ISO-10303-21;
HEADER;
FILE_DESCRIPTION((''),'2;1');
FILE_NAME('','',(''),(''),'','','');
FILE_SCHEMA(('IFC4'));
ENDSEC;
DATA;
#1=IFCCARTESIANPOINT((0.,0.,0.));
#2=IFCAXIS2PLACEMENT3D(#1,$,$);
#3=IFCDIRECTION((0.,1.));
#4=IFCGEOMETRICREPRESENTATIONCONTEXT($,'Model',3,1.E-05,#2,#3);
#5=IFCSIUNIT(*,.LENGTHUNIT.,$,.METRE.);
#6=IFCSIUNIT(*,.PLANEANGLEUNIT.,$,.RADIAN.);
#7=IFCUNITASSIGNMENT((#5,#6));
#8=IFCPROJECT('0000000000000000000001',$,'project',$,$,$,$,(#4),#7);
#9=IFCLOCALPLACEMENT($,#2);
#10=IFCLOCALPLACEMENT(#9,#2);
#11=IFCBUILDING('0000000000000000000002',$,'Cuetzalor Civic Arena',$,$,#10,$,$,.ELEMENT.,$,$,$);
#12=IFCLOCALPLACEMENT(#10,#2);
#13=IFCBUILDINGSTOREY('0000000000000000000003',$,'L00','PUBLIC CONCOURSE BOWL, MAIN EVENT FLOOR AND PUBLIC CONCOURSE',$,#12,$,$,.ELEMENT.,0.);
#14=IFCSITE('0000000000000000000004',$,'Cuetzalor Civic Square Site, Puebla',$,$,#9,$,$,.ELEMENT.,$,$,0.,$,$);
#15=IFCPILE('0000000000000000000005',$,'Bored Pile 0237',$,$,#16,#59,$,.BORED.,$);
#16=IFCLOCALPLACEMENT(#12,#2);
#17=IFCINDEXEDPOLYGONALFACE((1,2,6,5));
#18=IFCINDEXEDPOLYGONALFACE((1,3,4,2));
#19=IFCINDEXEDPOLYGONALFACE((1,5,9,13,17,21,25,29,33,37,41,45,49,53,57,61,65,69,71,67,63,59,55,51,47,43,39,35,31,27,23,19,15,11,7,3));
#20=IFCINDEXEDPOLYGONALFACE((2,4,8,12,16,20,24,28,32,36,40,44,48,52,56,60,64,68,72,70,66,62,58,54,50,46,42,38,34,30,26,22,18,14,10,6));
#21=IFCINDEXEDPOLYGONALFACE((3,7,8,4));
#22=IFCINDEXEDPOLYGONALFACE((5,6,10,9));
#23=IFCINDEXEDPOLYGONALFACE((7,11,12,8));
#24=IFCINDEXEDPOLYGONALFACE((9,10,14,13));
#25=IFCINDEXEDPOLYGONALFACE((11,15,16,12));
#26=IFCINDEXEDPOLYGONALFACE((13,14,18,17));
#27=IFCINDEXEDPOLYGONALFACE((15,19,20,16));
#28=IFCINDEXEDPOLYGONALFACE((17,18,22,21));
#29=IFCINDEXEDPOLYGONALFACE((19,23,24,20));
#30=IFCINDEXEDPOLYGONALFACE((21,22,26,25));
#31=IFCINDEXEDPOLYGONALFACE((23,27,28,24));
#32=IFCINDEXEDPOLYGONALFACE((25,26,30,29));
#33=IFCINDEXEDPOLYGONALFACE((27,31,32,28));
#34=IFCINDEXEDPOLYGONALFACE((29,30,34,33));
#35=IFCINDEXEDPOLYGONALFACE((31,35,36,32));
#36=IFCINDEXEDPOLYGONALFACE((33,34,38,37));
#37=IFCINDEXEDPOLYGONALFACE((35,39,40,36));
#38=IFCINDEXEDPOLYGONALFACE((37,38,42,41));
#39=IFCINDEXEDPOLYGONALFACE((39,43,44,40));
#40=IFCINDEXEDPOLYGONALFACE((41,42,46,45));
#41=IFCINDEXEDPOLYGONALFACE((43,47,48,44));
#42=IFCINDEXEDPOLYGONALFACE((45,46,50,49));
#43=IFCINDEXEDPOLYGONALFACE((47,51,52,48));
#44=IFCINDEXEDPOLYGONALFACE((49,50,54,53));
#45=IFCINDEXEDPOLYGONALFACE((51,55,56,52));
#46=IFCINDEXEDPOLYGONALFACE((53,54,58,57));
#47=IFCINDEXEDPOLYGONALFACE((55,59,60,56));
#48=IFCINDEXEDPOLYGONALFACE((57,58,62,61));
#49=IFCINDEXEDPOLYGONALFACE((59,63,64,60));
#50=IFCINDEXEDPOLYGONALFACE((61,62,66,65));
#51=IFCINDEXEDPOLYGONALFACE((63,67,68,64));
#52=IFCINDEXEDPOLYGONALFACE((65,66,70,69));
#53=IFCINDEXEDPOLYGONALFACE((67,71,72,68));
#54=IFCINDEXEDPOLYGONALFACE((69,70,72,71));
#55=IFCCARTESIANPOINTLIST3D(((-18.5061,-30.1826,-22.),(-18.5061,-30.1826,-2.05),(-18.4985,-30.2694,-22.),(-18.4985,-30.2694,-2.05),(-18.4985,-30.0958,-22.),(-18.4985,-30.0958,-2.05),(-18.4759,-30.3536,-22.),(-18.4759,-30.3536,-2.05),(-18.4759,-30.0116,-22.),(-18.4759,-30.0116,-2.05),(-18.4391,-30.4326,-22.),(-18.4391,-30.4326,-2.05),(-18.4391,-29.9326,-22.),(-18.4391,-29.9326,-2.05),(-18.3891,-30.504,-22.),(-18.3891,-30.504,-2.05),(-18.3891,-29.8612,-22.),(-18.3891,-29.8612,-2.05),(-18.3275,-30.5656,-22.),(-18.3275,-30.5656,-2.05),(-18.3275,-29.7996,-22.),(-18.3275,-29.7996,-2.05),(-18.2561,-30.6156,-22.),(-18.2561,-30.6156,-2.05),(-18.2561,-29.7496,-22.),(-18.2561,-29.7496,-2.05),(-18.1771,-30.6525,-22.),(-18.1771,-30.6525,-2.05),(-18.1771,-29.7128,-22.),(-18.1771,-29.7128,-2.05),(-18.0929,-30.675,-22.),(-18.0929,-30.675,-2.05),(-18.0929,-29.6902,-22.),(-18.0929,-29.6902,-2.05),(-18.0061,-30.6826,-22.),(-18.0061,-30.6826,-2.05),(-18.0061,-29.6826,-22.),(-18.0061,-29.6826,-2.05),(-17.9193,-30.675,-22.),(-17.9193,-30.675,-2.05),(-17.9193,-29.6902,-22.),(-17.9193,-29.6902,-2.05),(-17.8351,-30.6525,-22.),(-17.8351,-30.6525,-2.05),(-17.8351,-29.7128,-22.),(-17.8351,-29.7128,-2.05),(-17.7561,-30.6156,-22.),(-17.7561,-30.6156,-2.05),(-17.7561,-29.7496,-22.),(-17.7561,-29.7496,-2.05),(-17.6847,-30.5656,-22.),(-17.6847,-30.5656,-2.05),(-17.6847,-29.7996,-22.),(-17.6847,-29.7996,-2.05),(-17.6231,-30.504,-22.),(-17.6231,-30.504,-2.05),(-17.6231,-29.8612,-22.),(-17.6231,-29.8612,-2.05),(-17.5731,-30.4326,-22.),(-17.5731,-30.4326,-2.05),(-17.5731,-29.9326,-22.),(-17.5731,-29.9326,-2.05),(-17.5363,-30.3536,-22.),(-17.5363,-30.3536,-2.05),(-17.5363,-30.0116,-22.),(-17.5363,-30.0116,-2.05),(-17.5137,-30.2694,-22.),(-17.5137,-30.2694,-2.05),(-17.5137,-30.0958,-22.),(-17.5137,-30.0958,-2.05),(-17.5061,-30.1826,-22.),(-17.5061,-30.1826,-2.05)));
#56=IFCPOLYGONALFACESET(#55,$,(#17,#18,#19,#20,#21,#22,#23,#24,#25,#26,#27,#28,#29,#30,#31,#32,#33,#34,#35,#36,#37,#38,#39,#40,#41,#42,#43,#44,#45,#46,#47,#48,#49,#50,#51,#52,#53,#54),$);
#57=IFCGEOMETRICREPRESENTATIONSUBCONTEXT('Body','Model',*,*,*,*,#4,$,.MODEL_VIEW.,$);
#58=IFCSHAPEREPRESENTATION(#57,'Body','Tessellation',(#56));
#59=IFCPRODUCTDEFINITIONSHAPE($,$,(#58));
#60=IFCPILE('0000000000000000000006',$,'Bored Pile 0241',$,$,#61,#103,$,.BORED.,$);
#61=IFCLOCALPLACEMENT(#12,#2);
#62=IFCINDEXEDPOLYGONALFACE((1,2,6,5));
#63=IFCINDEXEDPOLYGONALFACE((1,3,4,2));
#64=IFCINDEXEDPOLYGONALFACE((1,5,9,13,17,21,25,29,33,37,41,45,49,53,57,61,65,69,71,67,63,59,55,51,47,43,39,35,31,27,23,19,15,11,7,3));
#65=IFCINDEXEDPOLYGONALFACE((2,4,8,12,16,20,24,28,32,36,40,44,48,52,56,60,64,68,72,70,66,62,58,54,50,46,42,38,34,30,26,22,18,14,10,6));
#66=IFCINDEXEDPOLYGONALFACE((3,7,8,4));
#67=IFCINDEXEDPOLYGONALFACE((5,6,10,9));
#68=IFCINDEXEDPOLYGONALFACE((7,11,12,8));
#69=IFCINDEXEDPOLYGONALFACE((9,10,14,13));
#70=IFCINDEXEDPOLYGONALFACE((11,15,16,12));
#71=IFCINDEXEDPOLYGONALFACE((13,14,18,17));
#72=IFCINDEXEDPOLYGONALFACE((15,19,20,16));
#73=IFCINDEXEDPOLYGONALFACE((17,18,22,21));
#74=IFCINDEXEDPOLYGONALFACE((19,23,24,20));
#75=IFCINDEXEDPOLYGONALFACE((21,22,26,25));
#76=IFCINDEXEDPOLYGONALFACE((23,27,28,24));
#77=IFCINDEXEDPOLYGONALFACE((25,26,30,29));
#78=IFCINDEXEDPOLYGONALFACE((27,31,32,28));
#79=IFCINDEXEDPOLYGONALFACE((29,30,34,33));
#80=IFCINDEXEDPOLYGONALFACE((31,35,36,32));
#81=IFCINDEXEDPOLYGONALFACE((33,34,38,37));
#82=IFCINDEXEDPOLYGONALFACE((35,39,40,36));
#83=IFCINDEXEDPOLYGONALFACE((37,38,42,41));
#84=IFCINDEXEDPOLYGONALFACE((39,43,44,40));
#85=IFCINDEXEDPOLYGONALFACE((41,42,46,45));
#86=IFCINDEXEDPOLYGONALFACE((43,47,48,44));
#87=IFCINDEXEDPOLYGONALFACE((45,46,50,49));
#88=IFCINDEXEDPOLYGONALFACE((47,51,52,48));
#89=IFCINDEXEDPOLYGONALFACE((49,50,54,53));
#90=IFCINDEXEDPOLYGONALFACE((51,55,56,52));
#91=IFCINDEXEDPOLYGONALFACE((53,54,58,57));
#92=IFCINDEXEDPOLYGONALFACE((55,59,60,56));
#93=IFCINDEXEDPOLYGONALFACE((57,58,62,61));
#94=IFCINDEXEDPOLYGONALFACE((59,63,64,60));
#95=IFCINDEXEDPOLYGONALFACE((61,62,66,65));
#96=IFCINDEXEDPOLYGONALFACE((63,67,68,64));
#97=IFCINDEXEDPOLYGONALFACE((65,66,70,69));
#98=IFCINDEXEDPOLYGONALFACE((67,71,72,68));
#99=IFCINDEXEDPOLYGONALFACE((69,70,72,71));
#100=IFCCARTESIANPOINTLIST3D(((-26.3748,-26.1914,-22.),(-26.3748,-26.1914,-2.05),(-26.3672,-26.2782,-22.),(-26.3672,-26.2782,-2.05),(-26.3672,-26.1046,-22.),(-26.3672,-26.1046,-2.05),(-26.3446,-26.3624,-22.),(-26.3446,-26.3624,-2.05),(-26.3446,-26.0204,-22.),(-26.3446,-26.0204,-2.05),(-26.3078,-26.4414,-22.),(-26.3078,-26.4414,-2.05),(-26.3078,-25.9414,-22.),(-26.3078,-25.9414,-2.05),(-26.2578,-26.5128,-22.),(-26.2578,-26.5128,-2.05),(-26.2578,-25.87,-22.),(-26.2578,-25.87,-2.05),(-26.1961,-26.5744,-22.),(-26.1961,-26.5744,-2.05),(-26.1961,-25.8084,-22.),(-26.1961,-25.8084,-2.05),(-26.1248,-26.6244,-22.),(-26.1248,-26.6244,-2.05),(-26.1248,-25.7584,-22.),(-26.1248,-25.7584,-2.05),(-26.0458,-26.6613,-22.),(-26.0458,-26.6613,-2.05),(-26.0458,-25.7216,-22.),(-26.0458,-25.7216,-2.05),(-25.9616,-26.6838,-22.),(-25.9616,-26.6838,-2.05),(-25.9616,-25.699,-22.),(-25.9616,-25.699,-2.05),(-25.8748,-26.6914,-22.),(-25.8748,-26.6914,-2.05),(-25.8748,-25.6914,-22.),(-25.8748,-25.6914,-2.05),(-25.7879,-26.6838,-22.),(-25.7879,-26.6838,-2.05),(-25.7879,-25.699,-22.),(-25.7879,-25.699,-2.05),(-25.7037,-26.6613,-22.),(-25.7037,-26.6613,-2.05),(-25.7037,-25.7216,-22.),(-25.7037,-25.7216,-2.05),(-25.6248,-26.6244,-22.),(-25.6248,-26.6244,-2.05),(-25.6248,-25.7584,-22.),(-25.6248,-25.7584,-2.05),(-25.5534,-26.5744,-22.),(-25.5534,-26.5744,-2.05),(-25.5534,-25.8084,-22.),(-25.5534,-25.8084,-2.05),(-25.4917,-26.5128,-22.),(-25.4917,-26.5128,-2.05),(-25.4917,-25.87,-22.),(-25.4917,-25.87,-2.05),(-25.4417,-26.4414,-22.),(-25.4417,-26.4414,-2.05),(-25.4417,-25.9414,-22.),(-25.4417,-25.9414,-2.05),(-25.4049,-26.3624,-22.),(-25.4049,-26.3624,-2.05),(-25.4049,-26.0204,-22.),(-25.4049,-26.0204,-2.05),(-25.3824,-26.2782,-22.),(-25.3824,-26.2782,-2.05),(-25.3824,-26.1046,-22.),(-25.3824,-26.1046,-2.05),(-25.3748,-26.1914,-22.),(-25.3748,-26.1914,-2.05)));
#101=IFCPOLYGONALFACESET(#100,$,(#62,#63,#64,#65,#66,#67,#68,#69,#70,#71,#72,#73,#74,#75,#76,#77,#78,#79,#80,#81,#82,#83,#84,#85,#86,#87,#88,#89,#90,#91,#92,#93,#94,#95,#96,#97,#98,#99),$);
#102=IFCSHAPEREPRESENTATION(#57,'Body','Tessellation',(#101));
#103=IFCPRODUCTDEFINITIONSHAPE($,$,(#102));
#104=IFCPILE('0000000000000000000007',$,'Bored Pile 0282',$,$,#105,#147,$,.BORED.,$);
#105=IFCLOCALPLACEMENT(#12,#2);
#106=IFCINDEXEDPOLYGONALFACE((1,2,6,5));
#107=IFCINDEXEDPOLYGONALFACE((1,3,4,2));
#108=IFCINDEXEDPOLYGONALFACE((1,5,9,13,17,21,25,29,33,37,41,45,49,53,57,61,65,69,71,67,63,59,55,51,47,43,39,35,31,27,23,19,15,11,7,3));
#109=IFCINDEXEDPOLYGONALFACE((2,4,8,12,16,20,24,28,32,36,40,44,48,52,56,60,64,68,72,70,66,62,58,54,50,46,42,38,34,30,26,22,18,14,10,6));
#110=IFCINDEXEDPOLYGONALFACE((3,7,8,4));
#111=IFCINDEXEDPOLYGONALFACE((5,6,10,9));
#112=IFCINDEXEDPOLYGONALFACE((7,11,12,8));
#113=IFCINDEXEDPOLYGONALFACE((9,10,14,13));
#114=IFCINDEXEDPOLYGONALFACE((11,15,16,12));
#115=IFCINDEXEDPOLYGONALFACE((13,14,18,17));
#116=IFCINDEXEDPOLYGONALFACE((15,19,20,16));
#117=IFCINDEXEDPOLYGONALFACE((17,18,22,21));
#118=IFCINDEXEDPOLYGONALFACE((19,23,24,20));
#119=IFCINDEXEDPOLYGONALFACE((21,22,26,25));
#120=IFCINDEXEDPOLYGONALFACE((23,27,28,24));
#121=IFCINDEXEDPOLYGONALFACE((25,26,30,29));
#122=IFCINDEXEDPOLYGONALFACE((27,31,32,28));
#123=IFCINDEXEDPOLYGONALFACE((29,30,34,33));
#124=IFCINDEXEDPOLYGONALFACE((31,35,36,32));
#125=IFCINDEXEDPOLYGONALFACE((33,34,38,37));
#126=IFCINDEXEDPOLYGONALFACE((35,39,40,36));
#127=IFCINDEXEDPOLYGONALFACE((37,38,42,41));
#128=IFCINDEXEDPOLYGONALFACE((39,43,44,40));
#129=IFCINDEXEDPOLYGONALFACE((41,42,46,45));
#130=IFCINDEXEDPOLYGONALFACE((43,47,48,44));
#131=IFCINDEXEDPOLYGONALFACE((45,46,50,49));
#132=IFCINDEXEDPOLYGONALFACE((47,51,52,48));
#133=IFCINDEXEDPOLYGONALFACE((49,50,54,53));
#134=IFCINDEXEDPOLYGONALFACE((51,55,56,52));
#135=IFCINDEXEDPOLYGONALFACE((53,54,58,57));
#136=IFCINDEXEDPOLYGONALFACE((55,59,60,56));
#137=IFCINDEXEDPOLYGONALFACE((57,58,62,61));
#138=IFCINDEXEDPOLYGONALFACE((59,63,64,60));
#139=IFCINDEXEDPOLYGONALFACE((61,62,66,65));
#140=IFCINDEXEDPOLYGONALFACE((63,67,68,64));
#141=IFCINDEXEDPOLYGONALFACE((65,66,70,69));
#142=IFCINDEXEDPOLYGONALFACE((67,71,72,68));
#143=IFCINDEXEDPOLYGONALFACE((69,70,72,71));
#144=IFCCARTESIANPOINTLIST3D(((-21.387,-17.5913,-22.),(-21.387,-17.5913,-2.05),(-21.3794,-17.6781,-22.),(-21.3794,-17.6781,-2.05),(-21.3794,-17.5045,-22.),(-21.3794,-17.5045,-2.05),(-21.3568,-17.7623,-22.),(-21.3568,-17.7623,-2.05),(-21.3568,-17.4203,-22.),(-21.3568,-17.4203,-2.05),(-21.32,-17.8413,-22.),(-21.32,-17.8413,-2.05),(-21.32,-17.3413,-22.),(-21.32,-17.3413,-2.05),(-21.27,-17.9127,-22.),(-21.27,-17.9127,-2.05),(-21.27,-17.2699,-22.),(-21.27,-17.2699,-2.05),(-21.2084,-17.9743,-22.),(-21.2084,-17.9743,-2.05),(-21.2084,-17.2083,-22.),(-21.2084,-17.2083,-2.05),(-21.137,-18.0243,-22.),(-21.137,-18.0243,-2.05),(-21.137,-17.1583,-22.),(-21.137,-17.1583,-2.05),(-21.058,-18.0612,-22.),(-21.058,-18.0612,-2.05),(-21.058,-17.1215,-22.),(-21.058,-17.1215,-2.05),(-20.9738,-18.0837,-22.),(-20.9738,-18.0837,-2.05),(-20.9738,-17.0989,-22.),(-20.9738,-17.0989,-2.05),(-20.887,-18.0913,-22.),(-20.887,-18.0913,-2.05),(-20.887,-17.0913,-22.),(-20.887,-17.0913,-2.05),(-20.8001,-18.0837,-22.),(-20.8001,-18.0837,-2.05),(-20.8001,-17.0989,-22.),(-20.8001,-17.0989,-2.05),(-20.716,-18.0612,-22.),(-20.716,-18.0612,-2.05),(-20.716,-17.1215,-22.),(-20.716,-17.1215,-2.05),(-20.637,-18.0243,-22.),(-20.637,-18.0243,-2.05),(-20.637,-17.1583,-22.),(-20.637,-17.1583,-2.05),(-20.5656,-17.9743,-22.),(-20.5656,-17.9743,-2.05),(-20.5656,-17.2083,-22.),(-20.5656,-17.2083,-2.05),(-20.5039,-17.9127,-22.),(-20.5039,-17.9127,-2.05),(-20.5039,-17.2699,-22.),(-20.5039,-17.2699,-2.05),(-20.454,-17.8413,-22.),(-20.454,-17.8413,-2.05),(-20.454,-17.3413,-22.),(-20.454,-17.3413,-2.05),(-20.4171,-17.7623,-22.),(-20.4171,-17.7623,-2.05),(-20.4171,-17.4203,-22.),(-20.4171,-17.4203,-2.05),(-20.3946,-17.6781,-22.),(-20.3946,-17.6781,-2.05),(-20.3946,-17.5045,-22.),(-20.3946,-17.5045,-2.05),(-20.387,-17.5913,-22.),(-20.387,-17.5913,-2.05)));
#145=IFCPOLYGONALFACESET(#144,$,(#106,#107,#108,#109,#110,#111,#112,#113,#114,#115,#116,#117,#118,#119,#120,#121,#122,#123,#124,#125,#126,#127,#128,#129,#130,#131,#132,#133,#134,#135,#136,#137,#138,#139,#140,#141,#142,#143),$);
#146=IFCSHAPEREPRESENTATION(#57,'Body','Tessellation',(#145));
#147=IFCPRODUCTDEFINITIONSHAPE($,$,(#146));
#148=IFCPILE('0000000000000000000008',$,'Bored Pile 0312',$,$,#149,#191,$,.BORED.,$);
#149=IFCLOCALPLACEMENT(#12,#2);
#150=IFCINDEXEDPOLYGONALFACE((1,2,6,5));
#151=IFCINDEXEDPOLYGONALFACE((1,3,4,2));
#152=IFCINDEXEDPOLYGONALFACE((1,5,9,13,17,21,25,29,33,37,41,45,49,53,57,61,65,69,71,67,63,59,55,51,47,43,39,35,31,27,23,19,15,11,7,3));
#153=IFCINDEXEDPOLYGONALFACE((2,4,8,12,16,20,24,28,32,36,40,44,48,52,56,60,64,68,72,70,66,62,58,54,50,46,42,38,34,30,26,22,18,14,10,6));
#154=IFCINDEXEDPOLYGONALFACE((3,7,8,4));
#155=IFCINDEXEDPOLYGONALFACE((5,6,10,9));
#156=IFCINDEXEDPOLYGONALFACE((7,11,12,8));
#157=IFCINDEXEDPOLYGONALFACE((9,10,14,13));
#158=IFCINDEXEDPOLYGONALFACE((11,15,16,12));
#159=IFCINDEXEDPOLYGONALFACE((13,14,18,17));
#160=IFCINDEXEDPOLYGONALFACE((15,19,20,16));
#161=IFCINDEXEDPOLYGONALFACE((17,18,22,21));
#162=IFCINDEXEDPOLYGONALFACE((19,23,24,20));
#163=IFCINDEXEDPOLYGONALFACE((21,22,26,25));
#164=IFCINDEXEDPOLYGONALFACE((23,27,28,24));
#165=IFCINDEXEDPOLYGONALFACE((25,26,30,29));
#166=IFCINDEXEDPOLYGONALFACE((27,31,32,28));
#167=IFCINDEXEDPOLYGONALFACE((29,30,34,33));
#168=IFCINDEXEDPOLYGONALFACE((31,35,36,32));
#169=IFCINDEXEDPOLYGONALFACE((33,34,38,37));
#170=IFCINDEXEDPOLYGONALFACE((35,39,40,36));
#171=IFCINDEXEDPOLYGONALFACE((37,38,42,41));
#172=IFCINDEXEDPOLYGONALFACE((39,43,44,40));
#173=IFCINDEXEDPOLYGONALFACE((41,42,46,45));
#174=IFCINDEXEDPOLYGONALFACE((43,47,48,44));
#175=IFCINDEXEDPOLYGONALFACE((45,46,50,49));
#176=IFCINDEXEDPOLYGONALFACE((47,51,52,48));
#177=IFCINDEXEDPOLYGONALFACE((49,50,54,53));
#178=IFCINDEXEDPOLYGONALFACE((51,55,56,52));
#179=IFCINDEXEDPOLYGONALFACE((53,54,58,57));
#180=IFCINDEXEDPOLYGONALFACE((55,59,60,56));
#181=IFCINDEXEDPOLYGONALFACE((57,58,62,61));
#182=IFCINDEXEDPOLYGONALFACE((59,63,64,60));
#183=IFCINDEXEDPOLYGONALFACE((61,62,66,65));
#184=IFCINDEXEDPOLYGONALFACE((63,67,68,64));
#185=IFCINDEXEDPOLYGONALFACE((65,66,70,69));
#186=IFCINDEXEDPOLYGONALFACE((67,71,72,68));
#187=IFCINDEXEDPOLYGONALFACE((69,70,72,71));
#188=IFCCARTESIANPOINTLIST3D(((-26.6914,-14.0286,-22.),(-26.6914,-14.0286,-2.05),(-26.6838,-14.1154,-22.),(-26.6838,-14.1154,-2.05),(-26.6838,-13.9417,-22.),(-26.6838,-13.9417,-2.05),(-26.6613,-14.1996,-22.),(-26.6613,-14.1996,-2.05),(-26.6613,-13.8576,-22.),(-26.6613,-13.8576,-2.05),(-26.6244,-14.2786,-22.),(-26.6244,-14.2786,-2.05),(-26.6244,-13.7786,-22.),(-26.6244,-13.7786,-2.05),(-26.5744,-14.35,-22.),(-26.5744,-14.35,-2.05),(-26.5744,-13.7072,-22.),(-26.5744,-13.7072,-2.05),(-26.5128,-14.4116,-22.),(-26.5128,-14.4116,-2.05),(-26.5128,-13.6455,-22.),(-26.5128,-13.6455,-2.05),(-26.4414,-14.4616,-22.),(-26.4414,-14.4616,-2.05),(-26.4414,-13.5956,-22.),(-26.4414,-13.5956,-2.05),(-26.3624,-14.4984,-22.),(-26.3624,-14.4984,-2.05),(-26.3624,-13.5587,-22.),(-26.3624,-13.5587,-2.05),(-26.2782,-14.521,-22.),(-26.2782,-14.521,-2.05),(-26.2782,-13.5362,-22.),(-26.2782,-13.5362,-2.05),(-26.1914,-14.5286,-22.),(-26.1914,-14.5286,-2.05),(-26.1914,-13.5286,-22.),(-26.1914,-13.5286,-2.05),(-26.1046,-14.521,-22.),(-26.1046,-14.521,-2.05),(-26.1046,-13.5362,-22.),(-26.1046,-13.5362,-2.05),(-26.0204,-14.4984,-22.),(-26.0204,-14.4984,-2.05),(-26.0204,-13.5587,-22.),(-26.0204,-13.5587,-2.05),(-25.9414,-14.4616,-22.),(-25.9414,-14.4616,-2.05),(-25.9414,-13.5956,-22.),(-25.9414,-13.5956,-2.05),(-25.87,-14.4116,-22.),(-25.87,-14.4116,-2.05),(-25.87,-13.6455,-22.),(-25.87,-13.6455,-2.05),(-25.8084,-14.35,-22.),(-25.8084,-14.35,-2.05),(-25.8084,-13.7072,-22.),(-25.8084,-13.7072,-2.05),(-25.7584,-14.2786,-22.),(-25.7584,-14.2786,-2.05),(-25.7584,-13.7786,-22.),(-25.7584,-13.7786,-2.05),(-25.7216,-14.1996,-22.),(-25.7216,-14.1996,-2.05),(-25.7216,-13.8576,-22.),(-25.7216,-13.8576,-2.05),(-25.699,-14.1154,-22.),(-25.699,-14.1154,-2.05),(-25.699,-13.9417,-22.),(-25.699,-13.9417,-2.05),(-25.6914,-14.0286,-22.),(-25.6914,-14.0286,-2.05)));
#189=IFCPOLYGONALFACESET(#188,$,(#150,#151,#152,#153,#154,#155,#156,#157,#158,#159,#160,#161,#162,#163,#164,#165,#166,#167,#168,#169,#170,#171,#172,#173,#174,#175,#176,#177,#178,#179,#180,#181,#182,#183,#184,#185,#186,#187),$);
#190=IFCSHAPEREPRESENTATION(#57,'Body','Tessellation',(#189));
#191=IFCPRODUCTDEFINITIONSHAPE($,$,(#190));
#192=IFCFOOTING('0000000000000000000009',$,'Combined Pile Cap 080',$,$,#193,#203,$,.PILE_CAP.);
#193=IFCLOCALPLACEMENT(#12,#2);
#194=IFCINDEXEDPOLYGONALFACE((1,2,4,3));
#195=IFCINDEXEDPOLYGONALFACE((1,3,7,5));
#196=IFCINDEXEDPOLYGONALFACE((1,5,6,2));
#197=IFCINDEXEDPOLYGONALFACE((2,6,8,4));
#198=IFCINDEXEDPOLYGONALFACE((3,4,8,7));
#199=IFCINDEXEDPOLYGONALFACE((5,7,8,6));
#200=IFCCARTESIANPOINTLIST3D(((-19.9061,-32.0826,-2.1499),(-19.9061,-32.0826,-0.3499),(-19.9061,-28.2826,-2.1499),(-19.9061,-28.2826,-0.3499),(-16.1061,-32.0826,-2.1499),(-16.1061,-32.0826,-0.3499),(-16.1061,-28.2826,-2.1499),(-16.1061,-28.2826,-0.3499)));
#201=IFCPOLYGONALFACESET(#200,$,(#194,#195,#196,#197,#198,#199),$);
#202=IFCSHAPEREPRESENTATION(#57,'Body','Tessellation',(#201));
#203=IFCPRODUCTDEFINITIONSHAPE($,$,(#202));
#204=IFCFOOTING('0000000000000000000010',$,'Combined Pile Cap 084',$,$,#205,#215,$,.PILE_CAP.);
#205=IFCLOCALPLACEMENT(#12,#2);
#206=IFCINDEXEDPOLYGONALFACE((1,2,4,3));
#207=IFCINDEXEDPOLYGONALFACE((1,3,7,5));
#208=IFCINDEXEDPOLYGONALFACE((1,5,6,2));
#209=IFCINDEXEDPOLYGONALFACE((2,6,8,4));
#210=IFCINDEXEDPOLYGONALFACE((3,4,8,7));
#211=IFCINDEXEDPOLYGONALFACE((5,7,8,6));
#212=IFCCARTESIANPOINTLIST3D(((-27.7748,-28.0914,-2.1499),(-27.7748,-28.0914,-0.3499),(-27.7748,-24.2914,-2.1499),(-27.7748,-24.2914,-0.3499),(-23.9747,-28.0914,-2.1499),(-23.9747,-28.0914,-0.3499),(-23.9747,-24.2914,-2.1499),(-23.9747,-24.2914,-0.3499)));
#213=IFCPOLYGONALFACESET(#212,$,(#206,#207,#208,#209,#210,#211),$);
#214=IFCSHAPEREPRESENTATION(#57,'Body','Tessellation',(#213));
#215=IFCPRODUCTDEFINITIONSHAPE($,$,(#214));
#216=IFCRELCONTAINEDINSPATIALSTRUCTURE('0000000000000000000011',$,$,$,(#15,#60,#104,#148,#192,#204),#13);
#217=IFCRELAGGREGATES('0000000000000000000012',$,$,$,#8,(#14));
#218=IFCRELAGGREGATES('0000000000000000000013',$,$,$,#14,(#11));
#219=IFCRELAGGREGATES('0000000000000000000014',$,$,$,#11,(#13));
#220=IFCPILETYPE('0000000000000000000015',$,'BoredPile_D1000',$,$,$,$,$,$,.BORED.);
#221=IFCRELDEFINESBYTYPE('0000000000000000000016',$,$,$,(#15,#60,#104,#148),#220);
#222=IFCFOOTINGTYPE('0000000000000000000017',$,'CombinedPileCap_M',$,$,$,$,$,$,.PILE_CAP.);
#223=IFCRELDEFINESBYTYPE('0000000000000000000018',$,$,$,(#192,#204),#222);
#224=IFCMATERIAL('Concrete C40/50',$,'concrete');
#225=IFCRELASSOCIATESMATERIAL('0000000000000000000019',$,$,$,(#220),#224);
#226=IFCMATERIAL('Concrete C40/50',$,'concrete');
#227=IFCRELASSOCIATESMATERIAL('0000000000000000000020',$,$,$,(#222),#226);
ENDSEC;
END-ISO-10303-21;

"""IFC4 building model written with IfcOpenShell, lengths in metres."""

from ifc_helpers import new_model, si_unit, direction, frame, origin, origin_2d, place, context, subcontext, project, spatial, rectangle, circle, extrude, material, material_profile, profile_set, type_object, element, save


model = new_model("IFC4")

# Units and contexts
model_context = context("Model", 3, precision=1e-05, world=origin(), true_north=direction((0.0, 1.0)))
body_context = subcontext(model_context, "Body", "Model", "MODEL_VIEW")
ifc_project = project(units=[si_unit("LENGTHUNIT", "METRE"), si_unit("PLANEANGLEUNIT", "RADIAN")], contexts=[model_context])

# Site, building, storey
site_placement = place(None, origin())
site = spatial("IfcSite", under=ifc_project, at=site_placement, Name="Cuetzalor Civic Square Site, Puebla", CompositionType="ELEMENT", RefElevation=0.0)
building_placement = place(site_placement, origin())
building = spatial("IfcBuilding", under=site, at=building_placement, Name="Cuetzalor Civic Arena", CompositionType="ELEMENT")
storey_placement = place(building_placement, origin())
storey = spatial("IfcBuildingStorey", under=building, at=storey_placement, Name="L00", Description="PUBLIC CONCOURSE BOWL, MAIN EVENT FLOOR AND PUBLIC CONCOURSE", CompositionType="ELEMENT", Elevation=0.0)

# Piles
ifc_material_1 = material(Name="Concrete C40/50", Category="concrete")
ifc_material_profile_1 = material_profile(ifc_material_1, circle(Radius=0.5, at=origin_2d()), Name="BORED PILE D1000")
ifc_profile_set_1 = profile_set([ifc_material_profile_1], Name="Concrete C40/50")
pile_type = type_object("IfcPileType", Name="BoredPile_D1000", PredefinedType="BORED", material=ifc_profile_set_1)
for number, where, z_axis, x_axis, name in (
    (1, (-18.0061, -30.1826, -2.05), (0.0, 0.0, -1.0), (1.0, 0.0, 0.0), "Bored Pile 0237"),
    (2, (-25.8748, -26.1914, -2.05), (0.0, 0.0, -1.0), (1.0, 0.0, 0.0), "Bored Pile 0241"),
    (3, (-20.887, -17.5913, -2.05), (0.0, 0.0, -1.0), (1.0, 0.0, 0.0), "Bored Pile 0282"),
    (4, (-26.1914, -14.0286, -2.05), (0.0, 0.0, -1.0), (1.0, 0.0, 0.0), "Bored Pile 0312"),
):
    element("IfcPile", number, at=place(storey_placement, frame(where, z_axis=z_axis, x_axis=x_axis)), inside=storey, type_object=pile_type, Name=name, PredefinedType="BORED", context=body_context, shape_type="SweptSolid", body=[
        extrude(circle(Radius=0.5, at=origin_2d()), origin(), (0.0, 0.0, 1.0), 19.95),
    ])

# Footings
ifc_material_2 = material(Name="Concrete C40/50", Category="concrete")
footing_type = type_object("IfcFootingType", Name="CombinedPileCap_M", PredefinedType="PILE_CAP", material=ifc_material_2)
for number, where, z_axis, x_axis, name in (
    (5, (-18.0061, -30.1826, -2.1499), (0.0, 0.0, 1.0), (1.0, 0.0, 0.0), "Combined Pile Cap 080"),
    (6, (-25.8748, -26.1914, -2.1499), (0.0, 0.0, 1.0), (1.0, 0.0, 0.0), "Combined Pile Cap 084"),
):
    element("IfcFooting", number, at=place(storey_placement, frame(where, z_axis=z_axis, x_axis=x_axis)), inside=storey, type_object=footing_type, Name=name, PredefinedType="PILE_CAP", context=body_context, shape_type="SweptSolid", body=[
        extrude(rectangle(XDim=3.8, YDim=3.8, at=origin_2d()), origin(), (0.0, 0.0, 1.0), 1.8),
    ])

save(model, "model.ifc")
